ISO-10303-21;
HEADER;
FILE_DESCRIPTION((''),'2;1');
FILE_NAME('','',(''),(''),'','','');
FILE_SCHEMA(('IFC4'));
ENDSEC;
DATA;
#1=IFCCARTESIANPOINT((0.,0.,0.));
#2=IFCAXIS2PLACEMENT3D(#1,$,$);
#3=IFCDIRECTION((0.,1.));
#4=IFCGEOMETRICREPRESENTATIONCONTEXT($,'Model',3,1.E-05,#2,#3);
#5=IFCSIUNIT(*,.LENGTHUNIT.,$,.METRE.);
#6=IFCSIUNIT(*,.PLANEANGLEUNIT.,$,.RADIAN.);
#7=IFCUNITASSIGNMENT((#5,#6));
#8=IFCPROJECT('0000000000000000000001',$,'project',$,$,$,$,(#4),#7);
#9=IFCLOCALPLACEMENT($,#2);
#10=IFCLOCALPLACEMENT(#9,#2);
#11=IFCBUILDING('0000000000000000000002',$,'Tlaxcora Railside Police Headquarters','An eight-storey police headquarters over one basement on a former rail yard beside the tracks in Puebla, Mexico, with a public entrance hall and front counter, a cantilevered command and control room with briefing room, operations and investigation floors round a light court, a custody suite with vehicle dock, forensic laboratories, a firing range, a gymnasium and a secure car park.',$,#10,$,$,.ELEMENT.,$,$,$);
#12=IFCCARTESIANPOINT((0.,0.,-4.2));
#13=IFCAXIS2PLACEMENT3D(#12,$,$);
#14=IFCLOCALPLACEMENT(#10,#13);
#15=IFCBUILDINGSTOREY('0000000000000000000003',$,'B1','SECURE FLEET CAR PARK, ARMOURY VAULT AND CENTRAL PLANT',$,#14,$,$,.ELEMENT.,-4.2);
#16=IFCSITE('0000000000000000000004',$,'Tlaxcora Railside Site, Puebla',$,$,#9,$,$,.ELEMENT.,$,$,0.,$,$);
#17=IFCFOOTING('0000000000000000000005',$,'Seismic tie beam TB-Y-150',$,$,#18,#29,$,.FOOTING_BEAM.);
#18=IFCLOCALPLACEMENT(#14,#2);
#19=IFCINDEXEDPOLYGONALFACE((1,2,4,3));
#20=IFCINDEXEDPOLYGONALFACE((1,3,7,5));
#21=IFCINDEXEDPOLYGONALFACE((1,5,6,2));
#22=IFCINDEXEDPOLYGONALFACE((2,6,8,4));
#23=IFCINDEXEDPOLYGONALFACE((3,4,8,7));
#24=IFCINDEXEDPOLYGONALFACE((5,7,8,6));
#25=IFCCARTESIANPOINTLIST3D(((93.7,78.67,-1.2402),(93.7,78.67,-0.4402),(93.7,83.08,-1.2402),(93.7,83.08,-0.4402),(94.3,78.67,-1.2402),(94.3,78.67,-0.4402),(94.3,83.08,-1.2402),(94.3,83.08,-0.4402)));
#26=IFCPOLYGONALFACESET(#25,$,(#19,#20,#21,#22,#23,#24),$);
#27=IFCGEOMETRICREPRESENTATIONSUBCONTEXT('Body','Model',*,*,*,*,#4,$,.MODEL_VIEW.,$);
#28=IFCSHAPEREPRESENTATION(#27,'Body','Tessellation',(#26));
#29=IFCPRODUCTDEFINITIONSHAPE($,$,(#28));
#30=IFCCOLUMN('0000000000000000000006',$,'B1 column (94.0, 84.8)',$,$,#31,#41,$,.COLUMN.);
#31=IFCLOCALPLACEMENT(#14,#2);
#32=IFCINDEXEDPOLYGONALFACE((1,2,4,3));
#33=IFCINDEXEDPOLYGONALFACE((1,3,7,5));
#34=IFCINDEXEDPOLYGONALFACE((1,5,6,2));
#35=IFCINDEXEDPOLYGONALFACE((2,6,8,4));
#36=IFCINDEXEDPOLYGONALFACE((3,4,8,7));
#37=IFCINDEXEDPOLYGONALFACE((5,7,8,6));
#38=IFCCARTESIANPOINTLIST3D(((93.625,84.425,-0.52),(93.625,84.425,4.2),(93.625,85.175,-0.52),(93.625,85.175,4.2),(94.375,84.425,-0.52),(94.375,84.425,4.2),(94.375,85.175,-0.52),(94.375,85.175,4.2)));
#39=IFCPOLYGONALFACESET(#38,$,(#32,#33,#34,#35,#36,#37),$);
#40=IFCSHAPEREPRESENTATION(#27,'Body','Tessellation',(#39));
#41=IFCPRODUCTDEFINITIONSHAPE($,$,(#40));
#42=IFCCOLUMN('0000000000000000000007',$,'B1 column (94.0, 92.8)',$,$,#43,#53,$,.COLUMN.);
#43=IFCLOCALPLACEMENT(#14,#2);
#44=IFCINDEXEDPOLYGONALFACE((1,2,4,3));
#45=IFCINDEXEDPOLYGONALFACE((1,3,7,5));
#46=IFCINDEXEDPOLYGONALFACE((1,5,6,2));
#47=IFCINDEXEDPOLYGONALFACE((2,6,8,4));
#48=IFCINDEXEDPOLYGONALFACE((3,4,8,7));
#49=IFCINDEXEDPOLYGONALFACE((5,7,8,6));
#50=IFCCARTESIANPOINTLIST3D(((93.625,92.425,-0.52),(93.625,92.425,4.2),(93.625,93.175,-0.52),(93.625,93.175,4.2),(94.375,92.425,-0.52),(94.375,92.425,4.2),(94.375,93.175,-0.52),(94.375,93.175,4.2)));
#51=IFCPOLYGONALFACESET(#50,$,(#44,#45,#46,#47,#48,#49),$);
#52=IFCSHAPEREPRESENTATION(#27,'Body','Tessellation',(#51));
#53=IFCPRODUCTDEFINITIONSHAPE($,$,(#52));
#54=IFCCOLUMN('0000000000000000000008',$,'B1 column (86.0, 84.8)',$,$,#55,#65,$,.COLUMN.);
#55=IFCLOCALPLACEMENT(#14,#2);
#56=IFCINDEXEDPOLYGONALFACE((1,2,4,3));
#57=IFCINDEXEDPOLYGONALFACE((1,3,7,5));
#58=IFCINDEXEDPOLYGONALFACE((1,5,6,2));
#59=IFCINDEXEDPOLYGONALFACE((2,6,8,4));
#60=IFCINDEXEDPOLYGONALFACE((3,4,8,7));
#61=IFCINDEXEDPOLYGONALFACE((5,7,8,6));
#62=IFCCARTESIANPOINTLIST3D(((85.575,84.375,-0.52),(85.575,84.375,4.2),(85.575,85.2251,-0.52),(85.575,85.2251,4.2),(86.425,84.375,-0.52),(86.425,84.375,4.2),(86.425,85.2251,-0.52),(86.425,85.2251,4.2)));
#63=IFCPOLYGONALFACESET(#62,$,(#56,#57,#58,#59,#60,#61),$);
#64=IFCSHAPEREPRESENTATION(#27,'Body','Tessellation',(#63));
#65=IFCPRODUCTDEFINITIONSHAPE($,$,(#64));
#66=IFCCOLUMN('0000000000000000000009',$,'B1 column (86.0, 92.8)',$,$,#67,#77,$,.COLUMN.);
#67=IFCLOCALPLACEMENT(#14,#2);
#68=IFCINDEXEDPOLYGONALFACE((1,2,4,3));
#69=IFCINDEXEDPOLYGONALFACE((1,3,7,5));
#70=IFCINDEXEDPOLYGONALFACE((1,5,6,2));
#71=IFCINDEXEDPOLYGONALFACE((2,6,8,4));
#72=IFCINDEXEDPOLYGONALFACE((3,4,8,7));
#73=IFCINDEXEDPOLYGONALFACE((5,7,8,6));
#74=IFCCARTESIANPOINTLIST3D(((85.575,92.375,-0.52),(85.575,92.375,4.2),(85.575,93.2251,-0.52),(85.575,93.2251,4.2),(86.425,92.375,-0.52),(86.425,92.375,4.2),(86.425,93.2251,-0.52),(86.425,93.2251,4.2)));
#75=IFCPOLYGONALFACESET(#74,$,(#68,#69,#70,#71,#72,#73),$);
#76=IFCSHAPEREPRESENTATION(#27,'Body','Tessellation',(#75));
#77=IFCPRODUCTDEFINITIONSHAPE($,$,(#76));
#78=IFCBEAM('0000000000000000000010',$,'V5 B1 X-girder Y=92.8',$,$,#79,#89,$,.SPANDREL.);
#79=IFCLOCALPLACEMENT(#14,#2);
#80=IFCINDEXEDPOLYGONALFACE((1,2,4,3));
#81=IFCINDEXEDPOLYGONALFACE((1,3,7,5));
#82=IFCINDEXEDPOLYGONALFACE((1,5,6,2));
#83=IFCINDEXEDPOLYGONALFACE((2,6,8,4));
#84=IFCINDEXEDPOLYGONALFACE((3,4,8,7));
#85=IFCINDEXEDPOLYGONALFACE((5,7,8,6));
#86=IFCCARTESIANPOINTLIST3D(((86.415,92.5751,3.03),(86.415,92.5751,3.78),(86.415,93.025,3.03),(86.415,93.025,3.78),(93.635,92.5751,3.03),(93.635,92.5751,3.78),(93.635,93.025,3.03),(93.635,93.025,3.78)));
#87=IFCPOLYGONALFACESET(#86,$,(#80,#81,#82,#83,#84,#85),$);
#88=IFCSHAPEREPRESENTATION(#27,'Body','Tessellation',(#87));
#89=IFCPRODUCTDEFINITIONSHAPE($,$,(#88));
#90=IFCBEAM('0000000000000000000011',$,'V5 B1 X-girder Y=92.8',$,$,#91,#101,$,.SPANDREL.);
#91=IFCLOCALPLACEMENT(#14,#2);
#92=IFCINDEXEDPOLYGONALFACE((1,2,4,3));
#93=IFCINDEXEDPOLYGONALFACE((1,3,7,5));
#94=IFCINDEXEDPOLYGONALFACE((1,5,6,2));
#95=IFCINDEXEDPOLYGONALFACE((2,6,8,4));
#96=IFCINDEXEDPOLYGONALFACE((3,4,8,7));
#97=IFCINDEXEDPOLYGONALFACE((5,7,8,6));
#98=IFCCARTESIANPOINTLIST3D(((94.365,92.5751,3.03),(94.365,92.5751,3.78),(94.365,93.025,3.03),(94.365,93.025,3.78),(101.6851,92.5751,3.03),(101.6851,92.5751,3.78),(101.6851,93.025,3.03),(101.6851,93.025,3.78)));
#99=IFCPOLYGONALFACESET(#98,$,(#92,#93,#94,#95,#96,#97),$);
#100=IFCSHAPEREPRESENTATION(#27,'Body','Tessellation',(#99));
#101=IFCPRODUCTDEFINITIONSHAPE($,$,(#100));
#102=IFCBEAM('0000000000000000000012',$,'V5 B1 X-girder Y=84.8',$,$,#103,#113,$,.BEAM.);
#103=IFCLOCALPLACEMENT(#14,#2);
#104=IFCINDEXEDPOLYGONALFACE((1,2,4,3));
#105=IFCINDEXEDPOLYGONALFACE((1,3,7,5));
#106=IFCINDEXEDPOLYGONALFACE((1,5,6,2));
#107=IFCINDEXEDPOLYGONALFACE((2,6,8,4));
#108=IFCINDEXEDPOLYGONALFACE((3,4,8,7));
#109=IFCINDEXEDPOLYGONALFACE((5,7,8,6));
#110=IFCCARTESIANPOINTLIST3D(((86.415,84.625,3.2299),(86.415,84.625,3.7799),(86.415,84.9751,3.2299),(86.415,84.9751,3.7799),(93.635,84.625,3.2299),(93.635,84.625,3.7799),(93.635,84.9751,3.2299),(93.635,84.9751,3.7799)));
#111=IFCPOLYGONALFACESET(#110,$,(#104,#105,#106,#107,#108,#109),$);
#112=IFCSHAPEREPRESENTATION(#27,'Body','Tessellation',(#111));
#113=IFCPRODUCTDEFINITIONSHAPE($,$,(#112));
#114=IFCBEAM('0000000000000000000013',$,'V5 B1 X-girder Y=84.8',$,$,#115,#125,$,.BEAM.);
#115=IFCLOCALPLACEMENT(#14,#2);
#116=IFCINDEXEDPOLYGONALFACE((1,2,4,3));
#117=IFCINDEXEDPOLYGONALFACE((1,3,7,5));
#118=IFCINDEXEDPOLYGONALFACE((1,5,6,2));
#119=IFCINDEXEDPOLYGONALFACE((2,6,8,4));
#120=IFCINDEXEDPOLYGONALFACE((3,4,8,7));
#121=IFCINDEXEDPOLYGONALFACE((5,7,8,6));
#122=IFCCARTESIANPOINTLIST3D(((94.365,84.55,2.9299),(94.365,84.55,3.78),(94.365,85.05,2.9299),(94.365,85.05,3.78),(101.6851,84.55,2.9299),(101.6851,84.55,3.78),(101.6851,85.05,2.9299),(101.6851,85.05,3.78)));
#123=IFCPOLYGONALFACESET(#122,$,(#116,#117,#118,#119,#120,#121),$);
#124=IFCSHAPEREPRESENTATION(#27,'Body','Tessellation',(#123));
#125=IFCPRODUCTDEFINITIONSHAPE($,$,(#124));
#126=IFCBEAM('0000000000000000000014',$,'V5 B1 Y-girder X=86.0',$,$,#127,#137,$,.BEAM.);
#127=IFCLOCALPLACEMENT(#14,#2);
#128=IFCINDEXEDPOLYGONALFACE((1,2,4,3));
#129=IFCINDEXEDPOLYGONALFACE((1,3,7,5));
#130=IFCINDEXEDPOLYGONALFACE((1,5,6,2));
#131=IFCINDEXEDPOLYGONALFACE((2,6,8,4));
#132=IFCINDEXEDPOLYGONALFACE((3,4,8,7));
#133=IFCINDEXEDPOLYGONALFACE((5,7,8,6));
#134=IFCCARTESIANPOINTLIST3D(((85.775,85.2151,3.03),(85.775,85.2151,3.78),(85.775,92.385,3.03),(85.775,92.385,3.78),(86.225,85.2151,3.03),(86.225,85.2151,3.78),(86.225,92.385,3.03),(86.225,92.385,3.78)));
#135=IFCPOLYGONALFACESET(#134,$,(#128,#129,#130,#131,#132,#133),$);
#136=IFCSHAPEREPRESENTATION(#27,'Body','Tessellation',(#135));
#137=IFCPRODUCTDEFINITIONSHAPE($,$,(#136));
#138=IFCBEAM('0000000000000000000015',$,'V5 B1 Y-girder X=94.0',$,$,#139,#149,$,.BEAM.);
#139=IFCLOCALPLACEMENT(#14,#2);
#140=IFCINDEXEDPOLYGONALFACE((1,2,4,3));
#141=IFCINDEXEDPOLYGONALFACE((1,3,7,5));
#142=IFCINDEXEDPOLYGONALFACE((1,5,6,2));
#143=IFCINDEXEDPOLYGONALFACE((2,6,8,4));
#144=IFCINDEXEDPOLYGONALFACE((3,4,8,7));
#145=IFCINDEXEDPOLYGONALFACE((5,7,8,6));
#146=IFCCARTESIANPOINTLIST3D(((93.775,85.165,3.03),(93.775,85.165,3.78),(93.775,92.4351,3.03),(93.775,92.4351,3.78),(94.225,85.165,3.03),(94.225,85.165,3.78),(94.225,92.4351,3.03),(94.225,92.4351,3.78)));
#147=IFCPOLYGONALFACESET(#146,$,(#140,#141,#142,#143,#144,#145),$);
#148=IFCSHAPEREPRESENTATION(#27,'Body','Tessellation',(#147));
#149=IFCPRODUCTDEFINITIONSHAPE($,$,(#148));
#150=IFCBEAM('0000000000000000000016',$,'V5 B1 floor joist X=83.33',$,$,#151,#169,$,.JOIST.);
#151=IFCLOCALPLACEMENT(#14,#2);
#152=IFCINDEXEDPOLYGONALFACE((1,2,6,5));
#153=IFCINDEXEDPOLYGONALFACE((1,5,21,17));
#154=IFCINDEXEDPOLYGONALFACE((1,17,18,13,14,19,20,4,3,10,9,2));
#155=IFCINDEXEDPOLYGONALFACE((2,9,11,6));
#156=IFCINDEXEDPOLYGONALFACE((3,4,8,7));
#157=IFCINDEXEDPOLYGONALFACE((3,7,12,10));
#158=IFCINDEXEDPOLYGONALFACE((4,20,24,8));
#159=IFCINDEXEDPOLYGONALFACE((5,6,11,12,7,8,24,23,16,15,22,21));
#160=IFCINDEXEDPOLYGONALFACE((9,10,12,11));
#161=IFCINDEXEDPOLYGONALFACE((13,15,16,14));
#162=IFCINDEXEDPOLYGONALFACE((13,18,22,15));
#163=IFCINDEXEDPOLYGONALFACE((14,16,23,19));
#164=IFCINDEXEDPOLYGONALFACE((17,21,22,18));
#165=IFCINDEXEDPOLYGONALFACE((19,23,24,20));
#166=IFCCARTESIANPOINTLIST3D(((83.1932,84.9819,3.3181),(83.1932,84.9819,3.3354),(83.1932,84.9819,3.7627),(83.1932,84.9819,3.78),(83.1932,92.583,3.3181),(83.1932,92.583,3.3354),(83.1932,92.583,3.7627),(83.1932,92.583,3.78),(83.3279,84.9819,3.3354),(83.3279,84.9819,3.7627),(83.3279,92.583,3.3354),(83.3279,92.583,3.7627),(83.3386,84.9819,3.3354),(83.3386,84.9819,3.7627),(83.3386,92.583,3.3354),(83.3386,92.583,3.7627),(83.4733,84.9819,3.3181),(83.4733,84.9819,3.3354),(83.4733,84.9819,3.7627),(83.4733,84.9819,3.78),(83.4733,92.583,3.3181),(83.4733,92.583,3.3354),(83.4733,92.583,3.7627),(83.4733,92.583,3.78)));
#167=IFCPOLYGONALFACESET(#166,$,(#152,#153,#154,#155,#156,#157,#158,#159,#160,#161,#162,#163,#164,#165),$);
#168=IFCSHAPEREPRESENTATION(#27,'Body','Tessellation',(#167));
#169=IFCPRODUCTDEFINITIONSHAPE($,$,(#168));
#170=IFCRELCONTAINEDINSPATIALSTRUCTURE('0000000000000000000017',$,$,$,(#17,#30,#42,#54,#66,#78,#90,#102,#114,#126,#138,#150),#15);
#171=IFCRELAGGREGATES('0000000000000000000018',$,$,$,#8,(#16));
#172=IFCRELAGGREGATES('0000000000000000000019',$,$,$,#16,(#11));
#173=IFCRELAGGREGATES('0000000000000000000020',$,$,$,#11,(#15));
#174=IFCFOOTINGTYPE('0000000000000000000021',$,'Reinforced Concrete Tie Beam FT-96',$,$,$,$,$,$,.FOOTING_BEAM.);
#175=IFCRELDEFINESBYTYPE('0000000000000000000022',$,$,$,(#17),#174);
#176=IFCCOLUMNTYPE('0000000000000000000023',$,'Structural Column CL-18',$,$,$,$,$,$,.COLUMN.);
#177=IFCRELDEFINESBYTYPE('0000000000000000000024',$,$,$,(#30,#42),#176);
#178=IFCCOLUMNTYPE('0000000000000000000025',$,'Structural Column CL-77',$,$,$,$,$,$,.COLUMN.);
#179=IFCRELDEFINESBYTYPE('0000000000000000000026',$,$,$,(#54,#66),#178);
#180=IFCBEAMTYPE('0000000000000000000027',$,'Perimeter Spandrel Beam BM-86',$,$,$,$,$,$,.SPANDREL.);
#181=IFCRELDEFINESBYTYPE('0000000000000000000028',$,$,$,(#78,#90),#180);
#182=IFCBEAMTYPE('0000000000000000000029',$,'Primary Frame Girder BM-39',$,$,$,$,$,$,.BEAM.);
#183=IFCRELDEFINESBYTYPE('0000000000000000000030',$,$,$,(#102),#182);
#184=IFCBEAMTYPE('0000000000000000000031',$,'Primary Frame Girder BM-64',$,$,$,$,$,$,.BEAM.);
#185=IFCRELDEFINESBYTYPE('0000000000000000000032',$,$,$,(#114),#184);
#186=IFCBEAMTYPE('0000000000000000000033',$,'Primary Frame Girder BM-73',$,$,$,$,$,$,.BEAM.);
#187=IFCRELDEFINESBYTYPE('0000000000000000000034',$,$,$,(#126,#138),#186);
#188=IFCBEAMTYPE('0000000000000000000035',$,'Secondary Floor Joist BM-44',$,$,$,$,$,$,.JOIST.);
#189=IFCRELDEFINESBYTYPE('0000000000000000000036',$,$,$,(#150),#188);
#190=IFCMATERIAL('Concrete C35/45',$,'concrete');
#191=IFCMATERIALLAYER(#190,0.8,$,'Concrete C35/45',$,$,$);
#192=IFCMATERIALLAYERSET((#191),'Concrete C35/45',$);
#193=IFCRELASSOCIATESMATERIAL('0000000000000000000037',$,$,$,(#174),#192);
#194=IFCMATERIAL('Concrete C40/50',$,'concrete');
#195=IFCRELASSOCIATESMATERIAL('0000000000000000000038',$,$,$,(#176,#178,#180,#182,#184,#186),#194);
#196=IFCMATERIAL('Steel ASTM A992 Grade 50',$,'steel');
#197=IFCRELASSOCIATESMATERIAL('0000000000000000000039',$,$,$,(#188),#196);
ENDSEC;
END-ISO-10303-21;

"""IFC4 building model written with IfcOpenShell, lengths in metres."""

from ifc_helpers import new_model, si_unit, direction, frame, origin, origin_2d, place, context, subcontext, project, spatial, rectangle, i_section, extrude, material, layer, layer_set, material_profile, profile_set, type_object, element, save


model = new_model("IFC4")

# Units and contexts
model_context = context("Model", 3, precision=1e-05, world=origin(), true_north=direction((0.0, 1.0)))
body_context = subcontext(model_context, "Body", "Model", "MODEL_VIEW")
ifc_project = project(units=[si_unit("LENGTHUNIT", "METRE"), si_unit("PLANEANGLEUNIT", "RADIAN")], contexts=[model_context])

# Site, building, storey
site_placement = place(None, origin())
site = spatial("IfcSite", under=ifc_project, at=site_placement, Name="Tlaxcora Railside Site, Puebla", CompositionType="ELEMENT", RefElevation=0.0)
building_placement = place(site_placement, origin())
building = spatial("IfcBuilding", under=site, at=building_placement, Name="Tlaxcora Railside Police Headquarters", Description="An eight-storey police headquarters over one basement on a former rail yard beside the tracks in Puebla, Mexico, with a public entrance hall and front counter, a cantilevered command and control room with briefing room, operations and investigation floors round a light court, a custody suite with vehicle dock, forensic laboratories, a firing range, a gymnasium and a secure car park.", CompositionType="ELEMENT")
storey_placement = place(building_placement, frame((0.0, 0.0, -4.2)))
storey = spatial("IfcBuildingStorey", under=building, at=storey_placement, Name="B1", Description="SECURE FLEET CAR PARK, ARMOURY VAULT AND CENTRAL PLANT", CompositionType="ELEMENT", Elevation=-4.2)

# Shared definitions
ifc_material_1 = material(Name="Concrete C35/45", Category="concrete")

# Footing
ifc_material_2 = material(Name="Concrete C40/50", Category="concrete")
ifc_layer_1 = layer(ifc_material_1, 0.8, Name="Concrete C35/45")
ifc_layer_set_1 = layer_set([ifc_layer_1], Name="Concrete C35/45")
footing_type_1 = type_object("IfcFootingType", Name="Reinforced Concrete Tie Beam FT-96", PredefinedType="FOOTING_BEAM", material=ifc_layer_set_1)
footing_1_placement = place(storey_placement, frame((94.0, 80.875, -1.2402), z_axis=(0.0, 0.0, 1.0), x_axis=(0.0, 1.0, 0.0)))
element("IfcFooting", 1, at=footing_1_placement, inside=storey, type_object=footing_type_1, Name="Seismic tie beam TB-Y-150", PredefinedType="FOOTING_BEAM", context=body_context, shape_type="SweptSolid", body=[
    extrude(rectangle(XDim=4.4099, YDim=0.6001, at=origin_2d()), origin(), (0.0, 0.0, 1.0), 0.8),
])

# Columns
ifc_material_profile_1 = material_profile(ifc_material_2, rectangle(XDim=0.75, YDim=0.75, at=origin_2d()), Name="RC750X750")
ifc_profile_set_1 = profile_set([ifc_material_profile_1], Name="Concrete C40/50")
column_type_1 = type_object("IfcColumnType", Name="Structural Column CL-18", PredefinedType="COLUMN", material=ifc_profile_set_1)
for number, where, z_axis, x_axis, name in (
    (2, (94.0, 84.8, -0.52), (0.0, 0.0, 1.0), (1.0, 0.0, 0.0), "B1 column (94.0, 84.8)"),
    (3, (94.0, 92.8, -0.52), (0.0, 0.0, 1.0), (1.0, 0.0, 0.0), "B1 column (94.0, 92.8)"),
):
    element("IfcColumn", number, at=place(storey_placement, frame(where, z_axis=z_axis, x_axis=x_axis)), inside=storey, type_object=column_type_1, Name=name, PredefinedType="COLUMN", context=body_context, shape_type="SweptSolid", body=[
        extrude(rectangle(XDim=0.75, YDim=0.75, at=origin_2d()), origin(), (0.0, 0.0, 1.0), 4.72),
    ])
ifc_material_profile_2 = material_profile(ifc_material_2, rectangle(XDim=0.8501, YDim=0.8501, at=origin_2d()), Name="RC850X850")
ifc_profile_set_2 = profile_set([ifc_material_profile_2], Name="Concrete C40/50")
column_type_2 = type_object("IfcColumnType", Name="Structural Column CL-77", PredefinedType="COLUMN", material=ifc_profile_set_2)
for number, where, z_axis, x_axis, name in (
    (4, (86.0, 84.8, -0.52), (0.0, 0.0, 1.0), (1.0, 0.0, 0.0), "B1 column (86.0, 84.8)"),
    (5, (86.0, 92.8, -0.52), (0.0, 0.0, 1.0), (1.0, 0.0, 0.0), "B1 column (86.0, 92.8)"),
):
    element("IfcColumn", number, at=place(storey_placement, frame(where, z_axis=z_axis, x_axis=x_axis)), inside=storey, type_object=column_type_2, Name=name, PredefinedType="COLUMN", context=body_context, shape_type="SweptSolid", body=[
        extrude(rectangle(XDim=0.8501, YDim=0.8501, at=origin_2d()), origin(), (0.0, 0.0, 1.0), 4.72),
    ])

# Beams
ifc_material_profile_3 = material_profile(ifc_material_2, rectangle(XDim=0.45, YDim=0.75, at=origin_2d()), Name="RC450X750")
ifc_profile_set_3 = profile_set([ifc_material_profile_3], Name="Concrete C40/50")
beam_type_1 = type_object("IfcBeamType", Name="Perimeter Spandrel Beam BM-86", PredefinedType="SPANDREL", material=ifc_profile_set_3)
beam_1_placement = place(storey_placement, frame((86.415, 92.8, 3.405), z_axis=(1.0, 0.0, 0.0), x_axis=(0.0, 1.0, 0.0)))
element("IfcBeam", 6, at=beam_1_placement, inside=storey, type_object=beam_type_1, Name="V5 B1 X-girder Y=92.8", PredefinedType="SPANDREL", context=body_context, shape_type="SweptSolid", body=[
    extrude(rectangle(XDim=0.45, YDim=0.75, at=origin_2d()), origin(), (0.0, 0.0, 1.0), 7.22),
])
beam_2_placement = place(storey_placement, frame((94.365, 92.8, 3.405), z_axis=(1.0, 0.0, 0.0), x_axis=(0.0, 1.0, 0.0)))
element("IfcBeam", 7, at=beam_2_placement, inside=storey, type_object=beam_type_1, Name="V5 B1 X-girder Y=92.8", PredefinedType="SPANDREL", context=body_context, shape_type="SweptSolid", body=[
    extrude(rectangle(XDim=0.45, YDim=0.75, at=origin_2d()), origin(), (0.0, 0.0, 1.0), 7.3201),
])
ifc_material_profile_4 = material_profile(ifc_material_2, rectangle(XDim=0.3501, YDim=0.55, at=origin_2d()), Name="RC350X550")
ifc_profile_set_4 = profile_set([ifc_material_profile_4], Name="Concrete C40/50")
beam_type_2 = type_object("IfcBeamType", Name="Primary Frame Girder BM-39", PredefinedType="BEAM", material=ifc_profile_set_4)
beam_3_placement = place(storey_placement, frame((86.415, 84.8, 3.5049), z_axis=(1.0, 0.0, 0.0), x_axis=(0.0, 1.0, 0.0)))
element("IfcBeam", 8, at=beam_3_placement, inside=storey, type_object=beam_type_2, Name="V5 B1 X-girder Y=84.8", PredefinedType="BEAM", context=body_context, shape_type="SweptSolid", body=[
    extrude(rectangle(XDim=0.3501, YDim=0.55, at=origin_2d()), origin(), (0.0, 0.0, 1.0), 7.22),
])
ifc_material_profile_5 = material_profile(ifc_material_2, rectangle(XDim=0.5, YDim=0.8501, at=origin_2d()), Name="RC500X850")
ifc_profile_set_5 = profile_set([ifc_material_profile_5], Name="Concrete C40/50")
beam_type_3 = type_object("IfcBeamType", Name="Primary Frame Girder BM-64", PredefinedType="BEAM", material=ifc_profile_set_5)
beam_4_placement = place(storey_placement, frame((94.365, 84.8, 3.355), z_axis=(1.0, 0.0, 0.0), x_axis=(0.0, 1.0, 0.0)))
element("IfcBeam", 9, at=beam_4_placement, inside=storey, type_object=beam_type_3, Name="V5 B1 X-girder Y=84.8", PredefinedType="BEAM", context=body_context, shape_type="SweptSolid", body=[
    extrude(rectangle(XDim=0.5, YDim=0.8501, at=origin_2d()), origin(), (0.0, 0.0, 1.0), 7.3201),
])
ifc_material_profile_6 = material_profile(ifc_material_2, rectangle(XDim=0.45, YDim=0.75, at=origin_2d()), Name="RC450X750")
ifc_profile_set_6 = profile_set([ifc_material_profile_6], Name="Concrete C40/50")
beam_type_4 = type_object("IfcBeamType", Name="Primary Frame Girder BM-73", PredefinedType="BEAM", material=ifc_profile_set_6)
beam_5_placement = place(storey_placement, frame((86.0, 85.2151, 3.405), z_axis=(0.0, 1.0, 0.0), x_axis=(-1.0, 0.0, 0.0)))
element("IfcBeam", 10, at=beam_5_placement, inside=storey, type_object=beam_type_4, Name="V5 B1 Y-girder X=86.0", PredefinedType="BEAM", context=body_context, shape_type="SweptSolid", body=[
    extrude(rectangle(XDim=0.45, YDim=0.75, at=origin_2d()), origin(), (0.0, 0.0, 1.0), 7.1699),
])
beam_6_placement = place(storey_placement, frame((94.0, 85.165, 3.405), z_axis=(0.0, 1.0, 0.0), x_axis=(-1.0, 0.0, 0.0)))
element("IfcBeam", 11, at=beam_6_placement, inside=storey, type_object=beam_type_4, Name="V5 B1 Y-girder X=94.0", PredefinedType="BEAM", context=body_context, shape_type="SweptSolid", body=[
    extrude(rectangle(XDim=0.45, YDim=0.75, at=origin_2d()), origin(), (0.0, 0.0, 1.0), 7.27),
])
ifc_material_3 = material(Name="Steel ASTM A992 Grade 50", Category="steel")
ifc_material_profile_7 = material_profile(ifc_material_3, i_section(OverallWidth=0.28, OverallDepth=0.4619, WebThickness=0.0107, FlangeThickness=0.0173, at=origin_2d()), Name="W18X76")
ifc_profile_set_7 = profile_set([ifc_material_profile_7], Name="Steel ASTM A992 Grade 50")
beam_type_5 = type_object("IfcBeamType", Name="Secondary Floor Joist BM-44", PredefinedType="JOIST", material=ifc_profile_set_7)
beam_7_placement = place(storey_placement, frame((83.3333, 84.9819, 3.5491), z_axis=(0.0, 1.0, 0.0), x_axis=(-1.0, 0.0, 0.0)))
element("IfcBeam", 12, at=beam_7_placement, inside=storey, type_object=beam_type_5, Name="V5 B1 floor joist X=83.33", PredefinedType="JOIST", context=body_context, shape_type="SweptSolid", body=[
    extrude(i_section(OverallWidth=0.28, OverallDepth=0.4619, WebThickness=0.0107, FlangeThickness=0.0173, at=origin_2d()), origin(), (0.0, 0.0, 1.0), 7.6011),
])

save(model, "model.ifc")
